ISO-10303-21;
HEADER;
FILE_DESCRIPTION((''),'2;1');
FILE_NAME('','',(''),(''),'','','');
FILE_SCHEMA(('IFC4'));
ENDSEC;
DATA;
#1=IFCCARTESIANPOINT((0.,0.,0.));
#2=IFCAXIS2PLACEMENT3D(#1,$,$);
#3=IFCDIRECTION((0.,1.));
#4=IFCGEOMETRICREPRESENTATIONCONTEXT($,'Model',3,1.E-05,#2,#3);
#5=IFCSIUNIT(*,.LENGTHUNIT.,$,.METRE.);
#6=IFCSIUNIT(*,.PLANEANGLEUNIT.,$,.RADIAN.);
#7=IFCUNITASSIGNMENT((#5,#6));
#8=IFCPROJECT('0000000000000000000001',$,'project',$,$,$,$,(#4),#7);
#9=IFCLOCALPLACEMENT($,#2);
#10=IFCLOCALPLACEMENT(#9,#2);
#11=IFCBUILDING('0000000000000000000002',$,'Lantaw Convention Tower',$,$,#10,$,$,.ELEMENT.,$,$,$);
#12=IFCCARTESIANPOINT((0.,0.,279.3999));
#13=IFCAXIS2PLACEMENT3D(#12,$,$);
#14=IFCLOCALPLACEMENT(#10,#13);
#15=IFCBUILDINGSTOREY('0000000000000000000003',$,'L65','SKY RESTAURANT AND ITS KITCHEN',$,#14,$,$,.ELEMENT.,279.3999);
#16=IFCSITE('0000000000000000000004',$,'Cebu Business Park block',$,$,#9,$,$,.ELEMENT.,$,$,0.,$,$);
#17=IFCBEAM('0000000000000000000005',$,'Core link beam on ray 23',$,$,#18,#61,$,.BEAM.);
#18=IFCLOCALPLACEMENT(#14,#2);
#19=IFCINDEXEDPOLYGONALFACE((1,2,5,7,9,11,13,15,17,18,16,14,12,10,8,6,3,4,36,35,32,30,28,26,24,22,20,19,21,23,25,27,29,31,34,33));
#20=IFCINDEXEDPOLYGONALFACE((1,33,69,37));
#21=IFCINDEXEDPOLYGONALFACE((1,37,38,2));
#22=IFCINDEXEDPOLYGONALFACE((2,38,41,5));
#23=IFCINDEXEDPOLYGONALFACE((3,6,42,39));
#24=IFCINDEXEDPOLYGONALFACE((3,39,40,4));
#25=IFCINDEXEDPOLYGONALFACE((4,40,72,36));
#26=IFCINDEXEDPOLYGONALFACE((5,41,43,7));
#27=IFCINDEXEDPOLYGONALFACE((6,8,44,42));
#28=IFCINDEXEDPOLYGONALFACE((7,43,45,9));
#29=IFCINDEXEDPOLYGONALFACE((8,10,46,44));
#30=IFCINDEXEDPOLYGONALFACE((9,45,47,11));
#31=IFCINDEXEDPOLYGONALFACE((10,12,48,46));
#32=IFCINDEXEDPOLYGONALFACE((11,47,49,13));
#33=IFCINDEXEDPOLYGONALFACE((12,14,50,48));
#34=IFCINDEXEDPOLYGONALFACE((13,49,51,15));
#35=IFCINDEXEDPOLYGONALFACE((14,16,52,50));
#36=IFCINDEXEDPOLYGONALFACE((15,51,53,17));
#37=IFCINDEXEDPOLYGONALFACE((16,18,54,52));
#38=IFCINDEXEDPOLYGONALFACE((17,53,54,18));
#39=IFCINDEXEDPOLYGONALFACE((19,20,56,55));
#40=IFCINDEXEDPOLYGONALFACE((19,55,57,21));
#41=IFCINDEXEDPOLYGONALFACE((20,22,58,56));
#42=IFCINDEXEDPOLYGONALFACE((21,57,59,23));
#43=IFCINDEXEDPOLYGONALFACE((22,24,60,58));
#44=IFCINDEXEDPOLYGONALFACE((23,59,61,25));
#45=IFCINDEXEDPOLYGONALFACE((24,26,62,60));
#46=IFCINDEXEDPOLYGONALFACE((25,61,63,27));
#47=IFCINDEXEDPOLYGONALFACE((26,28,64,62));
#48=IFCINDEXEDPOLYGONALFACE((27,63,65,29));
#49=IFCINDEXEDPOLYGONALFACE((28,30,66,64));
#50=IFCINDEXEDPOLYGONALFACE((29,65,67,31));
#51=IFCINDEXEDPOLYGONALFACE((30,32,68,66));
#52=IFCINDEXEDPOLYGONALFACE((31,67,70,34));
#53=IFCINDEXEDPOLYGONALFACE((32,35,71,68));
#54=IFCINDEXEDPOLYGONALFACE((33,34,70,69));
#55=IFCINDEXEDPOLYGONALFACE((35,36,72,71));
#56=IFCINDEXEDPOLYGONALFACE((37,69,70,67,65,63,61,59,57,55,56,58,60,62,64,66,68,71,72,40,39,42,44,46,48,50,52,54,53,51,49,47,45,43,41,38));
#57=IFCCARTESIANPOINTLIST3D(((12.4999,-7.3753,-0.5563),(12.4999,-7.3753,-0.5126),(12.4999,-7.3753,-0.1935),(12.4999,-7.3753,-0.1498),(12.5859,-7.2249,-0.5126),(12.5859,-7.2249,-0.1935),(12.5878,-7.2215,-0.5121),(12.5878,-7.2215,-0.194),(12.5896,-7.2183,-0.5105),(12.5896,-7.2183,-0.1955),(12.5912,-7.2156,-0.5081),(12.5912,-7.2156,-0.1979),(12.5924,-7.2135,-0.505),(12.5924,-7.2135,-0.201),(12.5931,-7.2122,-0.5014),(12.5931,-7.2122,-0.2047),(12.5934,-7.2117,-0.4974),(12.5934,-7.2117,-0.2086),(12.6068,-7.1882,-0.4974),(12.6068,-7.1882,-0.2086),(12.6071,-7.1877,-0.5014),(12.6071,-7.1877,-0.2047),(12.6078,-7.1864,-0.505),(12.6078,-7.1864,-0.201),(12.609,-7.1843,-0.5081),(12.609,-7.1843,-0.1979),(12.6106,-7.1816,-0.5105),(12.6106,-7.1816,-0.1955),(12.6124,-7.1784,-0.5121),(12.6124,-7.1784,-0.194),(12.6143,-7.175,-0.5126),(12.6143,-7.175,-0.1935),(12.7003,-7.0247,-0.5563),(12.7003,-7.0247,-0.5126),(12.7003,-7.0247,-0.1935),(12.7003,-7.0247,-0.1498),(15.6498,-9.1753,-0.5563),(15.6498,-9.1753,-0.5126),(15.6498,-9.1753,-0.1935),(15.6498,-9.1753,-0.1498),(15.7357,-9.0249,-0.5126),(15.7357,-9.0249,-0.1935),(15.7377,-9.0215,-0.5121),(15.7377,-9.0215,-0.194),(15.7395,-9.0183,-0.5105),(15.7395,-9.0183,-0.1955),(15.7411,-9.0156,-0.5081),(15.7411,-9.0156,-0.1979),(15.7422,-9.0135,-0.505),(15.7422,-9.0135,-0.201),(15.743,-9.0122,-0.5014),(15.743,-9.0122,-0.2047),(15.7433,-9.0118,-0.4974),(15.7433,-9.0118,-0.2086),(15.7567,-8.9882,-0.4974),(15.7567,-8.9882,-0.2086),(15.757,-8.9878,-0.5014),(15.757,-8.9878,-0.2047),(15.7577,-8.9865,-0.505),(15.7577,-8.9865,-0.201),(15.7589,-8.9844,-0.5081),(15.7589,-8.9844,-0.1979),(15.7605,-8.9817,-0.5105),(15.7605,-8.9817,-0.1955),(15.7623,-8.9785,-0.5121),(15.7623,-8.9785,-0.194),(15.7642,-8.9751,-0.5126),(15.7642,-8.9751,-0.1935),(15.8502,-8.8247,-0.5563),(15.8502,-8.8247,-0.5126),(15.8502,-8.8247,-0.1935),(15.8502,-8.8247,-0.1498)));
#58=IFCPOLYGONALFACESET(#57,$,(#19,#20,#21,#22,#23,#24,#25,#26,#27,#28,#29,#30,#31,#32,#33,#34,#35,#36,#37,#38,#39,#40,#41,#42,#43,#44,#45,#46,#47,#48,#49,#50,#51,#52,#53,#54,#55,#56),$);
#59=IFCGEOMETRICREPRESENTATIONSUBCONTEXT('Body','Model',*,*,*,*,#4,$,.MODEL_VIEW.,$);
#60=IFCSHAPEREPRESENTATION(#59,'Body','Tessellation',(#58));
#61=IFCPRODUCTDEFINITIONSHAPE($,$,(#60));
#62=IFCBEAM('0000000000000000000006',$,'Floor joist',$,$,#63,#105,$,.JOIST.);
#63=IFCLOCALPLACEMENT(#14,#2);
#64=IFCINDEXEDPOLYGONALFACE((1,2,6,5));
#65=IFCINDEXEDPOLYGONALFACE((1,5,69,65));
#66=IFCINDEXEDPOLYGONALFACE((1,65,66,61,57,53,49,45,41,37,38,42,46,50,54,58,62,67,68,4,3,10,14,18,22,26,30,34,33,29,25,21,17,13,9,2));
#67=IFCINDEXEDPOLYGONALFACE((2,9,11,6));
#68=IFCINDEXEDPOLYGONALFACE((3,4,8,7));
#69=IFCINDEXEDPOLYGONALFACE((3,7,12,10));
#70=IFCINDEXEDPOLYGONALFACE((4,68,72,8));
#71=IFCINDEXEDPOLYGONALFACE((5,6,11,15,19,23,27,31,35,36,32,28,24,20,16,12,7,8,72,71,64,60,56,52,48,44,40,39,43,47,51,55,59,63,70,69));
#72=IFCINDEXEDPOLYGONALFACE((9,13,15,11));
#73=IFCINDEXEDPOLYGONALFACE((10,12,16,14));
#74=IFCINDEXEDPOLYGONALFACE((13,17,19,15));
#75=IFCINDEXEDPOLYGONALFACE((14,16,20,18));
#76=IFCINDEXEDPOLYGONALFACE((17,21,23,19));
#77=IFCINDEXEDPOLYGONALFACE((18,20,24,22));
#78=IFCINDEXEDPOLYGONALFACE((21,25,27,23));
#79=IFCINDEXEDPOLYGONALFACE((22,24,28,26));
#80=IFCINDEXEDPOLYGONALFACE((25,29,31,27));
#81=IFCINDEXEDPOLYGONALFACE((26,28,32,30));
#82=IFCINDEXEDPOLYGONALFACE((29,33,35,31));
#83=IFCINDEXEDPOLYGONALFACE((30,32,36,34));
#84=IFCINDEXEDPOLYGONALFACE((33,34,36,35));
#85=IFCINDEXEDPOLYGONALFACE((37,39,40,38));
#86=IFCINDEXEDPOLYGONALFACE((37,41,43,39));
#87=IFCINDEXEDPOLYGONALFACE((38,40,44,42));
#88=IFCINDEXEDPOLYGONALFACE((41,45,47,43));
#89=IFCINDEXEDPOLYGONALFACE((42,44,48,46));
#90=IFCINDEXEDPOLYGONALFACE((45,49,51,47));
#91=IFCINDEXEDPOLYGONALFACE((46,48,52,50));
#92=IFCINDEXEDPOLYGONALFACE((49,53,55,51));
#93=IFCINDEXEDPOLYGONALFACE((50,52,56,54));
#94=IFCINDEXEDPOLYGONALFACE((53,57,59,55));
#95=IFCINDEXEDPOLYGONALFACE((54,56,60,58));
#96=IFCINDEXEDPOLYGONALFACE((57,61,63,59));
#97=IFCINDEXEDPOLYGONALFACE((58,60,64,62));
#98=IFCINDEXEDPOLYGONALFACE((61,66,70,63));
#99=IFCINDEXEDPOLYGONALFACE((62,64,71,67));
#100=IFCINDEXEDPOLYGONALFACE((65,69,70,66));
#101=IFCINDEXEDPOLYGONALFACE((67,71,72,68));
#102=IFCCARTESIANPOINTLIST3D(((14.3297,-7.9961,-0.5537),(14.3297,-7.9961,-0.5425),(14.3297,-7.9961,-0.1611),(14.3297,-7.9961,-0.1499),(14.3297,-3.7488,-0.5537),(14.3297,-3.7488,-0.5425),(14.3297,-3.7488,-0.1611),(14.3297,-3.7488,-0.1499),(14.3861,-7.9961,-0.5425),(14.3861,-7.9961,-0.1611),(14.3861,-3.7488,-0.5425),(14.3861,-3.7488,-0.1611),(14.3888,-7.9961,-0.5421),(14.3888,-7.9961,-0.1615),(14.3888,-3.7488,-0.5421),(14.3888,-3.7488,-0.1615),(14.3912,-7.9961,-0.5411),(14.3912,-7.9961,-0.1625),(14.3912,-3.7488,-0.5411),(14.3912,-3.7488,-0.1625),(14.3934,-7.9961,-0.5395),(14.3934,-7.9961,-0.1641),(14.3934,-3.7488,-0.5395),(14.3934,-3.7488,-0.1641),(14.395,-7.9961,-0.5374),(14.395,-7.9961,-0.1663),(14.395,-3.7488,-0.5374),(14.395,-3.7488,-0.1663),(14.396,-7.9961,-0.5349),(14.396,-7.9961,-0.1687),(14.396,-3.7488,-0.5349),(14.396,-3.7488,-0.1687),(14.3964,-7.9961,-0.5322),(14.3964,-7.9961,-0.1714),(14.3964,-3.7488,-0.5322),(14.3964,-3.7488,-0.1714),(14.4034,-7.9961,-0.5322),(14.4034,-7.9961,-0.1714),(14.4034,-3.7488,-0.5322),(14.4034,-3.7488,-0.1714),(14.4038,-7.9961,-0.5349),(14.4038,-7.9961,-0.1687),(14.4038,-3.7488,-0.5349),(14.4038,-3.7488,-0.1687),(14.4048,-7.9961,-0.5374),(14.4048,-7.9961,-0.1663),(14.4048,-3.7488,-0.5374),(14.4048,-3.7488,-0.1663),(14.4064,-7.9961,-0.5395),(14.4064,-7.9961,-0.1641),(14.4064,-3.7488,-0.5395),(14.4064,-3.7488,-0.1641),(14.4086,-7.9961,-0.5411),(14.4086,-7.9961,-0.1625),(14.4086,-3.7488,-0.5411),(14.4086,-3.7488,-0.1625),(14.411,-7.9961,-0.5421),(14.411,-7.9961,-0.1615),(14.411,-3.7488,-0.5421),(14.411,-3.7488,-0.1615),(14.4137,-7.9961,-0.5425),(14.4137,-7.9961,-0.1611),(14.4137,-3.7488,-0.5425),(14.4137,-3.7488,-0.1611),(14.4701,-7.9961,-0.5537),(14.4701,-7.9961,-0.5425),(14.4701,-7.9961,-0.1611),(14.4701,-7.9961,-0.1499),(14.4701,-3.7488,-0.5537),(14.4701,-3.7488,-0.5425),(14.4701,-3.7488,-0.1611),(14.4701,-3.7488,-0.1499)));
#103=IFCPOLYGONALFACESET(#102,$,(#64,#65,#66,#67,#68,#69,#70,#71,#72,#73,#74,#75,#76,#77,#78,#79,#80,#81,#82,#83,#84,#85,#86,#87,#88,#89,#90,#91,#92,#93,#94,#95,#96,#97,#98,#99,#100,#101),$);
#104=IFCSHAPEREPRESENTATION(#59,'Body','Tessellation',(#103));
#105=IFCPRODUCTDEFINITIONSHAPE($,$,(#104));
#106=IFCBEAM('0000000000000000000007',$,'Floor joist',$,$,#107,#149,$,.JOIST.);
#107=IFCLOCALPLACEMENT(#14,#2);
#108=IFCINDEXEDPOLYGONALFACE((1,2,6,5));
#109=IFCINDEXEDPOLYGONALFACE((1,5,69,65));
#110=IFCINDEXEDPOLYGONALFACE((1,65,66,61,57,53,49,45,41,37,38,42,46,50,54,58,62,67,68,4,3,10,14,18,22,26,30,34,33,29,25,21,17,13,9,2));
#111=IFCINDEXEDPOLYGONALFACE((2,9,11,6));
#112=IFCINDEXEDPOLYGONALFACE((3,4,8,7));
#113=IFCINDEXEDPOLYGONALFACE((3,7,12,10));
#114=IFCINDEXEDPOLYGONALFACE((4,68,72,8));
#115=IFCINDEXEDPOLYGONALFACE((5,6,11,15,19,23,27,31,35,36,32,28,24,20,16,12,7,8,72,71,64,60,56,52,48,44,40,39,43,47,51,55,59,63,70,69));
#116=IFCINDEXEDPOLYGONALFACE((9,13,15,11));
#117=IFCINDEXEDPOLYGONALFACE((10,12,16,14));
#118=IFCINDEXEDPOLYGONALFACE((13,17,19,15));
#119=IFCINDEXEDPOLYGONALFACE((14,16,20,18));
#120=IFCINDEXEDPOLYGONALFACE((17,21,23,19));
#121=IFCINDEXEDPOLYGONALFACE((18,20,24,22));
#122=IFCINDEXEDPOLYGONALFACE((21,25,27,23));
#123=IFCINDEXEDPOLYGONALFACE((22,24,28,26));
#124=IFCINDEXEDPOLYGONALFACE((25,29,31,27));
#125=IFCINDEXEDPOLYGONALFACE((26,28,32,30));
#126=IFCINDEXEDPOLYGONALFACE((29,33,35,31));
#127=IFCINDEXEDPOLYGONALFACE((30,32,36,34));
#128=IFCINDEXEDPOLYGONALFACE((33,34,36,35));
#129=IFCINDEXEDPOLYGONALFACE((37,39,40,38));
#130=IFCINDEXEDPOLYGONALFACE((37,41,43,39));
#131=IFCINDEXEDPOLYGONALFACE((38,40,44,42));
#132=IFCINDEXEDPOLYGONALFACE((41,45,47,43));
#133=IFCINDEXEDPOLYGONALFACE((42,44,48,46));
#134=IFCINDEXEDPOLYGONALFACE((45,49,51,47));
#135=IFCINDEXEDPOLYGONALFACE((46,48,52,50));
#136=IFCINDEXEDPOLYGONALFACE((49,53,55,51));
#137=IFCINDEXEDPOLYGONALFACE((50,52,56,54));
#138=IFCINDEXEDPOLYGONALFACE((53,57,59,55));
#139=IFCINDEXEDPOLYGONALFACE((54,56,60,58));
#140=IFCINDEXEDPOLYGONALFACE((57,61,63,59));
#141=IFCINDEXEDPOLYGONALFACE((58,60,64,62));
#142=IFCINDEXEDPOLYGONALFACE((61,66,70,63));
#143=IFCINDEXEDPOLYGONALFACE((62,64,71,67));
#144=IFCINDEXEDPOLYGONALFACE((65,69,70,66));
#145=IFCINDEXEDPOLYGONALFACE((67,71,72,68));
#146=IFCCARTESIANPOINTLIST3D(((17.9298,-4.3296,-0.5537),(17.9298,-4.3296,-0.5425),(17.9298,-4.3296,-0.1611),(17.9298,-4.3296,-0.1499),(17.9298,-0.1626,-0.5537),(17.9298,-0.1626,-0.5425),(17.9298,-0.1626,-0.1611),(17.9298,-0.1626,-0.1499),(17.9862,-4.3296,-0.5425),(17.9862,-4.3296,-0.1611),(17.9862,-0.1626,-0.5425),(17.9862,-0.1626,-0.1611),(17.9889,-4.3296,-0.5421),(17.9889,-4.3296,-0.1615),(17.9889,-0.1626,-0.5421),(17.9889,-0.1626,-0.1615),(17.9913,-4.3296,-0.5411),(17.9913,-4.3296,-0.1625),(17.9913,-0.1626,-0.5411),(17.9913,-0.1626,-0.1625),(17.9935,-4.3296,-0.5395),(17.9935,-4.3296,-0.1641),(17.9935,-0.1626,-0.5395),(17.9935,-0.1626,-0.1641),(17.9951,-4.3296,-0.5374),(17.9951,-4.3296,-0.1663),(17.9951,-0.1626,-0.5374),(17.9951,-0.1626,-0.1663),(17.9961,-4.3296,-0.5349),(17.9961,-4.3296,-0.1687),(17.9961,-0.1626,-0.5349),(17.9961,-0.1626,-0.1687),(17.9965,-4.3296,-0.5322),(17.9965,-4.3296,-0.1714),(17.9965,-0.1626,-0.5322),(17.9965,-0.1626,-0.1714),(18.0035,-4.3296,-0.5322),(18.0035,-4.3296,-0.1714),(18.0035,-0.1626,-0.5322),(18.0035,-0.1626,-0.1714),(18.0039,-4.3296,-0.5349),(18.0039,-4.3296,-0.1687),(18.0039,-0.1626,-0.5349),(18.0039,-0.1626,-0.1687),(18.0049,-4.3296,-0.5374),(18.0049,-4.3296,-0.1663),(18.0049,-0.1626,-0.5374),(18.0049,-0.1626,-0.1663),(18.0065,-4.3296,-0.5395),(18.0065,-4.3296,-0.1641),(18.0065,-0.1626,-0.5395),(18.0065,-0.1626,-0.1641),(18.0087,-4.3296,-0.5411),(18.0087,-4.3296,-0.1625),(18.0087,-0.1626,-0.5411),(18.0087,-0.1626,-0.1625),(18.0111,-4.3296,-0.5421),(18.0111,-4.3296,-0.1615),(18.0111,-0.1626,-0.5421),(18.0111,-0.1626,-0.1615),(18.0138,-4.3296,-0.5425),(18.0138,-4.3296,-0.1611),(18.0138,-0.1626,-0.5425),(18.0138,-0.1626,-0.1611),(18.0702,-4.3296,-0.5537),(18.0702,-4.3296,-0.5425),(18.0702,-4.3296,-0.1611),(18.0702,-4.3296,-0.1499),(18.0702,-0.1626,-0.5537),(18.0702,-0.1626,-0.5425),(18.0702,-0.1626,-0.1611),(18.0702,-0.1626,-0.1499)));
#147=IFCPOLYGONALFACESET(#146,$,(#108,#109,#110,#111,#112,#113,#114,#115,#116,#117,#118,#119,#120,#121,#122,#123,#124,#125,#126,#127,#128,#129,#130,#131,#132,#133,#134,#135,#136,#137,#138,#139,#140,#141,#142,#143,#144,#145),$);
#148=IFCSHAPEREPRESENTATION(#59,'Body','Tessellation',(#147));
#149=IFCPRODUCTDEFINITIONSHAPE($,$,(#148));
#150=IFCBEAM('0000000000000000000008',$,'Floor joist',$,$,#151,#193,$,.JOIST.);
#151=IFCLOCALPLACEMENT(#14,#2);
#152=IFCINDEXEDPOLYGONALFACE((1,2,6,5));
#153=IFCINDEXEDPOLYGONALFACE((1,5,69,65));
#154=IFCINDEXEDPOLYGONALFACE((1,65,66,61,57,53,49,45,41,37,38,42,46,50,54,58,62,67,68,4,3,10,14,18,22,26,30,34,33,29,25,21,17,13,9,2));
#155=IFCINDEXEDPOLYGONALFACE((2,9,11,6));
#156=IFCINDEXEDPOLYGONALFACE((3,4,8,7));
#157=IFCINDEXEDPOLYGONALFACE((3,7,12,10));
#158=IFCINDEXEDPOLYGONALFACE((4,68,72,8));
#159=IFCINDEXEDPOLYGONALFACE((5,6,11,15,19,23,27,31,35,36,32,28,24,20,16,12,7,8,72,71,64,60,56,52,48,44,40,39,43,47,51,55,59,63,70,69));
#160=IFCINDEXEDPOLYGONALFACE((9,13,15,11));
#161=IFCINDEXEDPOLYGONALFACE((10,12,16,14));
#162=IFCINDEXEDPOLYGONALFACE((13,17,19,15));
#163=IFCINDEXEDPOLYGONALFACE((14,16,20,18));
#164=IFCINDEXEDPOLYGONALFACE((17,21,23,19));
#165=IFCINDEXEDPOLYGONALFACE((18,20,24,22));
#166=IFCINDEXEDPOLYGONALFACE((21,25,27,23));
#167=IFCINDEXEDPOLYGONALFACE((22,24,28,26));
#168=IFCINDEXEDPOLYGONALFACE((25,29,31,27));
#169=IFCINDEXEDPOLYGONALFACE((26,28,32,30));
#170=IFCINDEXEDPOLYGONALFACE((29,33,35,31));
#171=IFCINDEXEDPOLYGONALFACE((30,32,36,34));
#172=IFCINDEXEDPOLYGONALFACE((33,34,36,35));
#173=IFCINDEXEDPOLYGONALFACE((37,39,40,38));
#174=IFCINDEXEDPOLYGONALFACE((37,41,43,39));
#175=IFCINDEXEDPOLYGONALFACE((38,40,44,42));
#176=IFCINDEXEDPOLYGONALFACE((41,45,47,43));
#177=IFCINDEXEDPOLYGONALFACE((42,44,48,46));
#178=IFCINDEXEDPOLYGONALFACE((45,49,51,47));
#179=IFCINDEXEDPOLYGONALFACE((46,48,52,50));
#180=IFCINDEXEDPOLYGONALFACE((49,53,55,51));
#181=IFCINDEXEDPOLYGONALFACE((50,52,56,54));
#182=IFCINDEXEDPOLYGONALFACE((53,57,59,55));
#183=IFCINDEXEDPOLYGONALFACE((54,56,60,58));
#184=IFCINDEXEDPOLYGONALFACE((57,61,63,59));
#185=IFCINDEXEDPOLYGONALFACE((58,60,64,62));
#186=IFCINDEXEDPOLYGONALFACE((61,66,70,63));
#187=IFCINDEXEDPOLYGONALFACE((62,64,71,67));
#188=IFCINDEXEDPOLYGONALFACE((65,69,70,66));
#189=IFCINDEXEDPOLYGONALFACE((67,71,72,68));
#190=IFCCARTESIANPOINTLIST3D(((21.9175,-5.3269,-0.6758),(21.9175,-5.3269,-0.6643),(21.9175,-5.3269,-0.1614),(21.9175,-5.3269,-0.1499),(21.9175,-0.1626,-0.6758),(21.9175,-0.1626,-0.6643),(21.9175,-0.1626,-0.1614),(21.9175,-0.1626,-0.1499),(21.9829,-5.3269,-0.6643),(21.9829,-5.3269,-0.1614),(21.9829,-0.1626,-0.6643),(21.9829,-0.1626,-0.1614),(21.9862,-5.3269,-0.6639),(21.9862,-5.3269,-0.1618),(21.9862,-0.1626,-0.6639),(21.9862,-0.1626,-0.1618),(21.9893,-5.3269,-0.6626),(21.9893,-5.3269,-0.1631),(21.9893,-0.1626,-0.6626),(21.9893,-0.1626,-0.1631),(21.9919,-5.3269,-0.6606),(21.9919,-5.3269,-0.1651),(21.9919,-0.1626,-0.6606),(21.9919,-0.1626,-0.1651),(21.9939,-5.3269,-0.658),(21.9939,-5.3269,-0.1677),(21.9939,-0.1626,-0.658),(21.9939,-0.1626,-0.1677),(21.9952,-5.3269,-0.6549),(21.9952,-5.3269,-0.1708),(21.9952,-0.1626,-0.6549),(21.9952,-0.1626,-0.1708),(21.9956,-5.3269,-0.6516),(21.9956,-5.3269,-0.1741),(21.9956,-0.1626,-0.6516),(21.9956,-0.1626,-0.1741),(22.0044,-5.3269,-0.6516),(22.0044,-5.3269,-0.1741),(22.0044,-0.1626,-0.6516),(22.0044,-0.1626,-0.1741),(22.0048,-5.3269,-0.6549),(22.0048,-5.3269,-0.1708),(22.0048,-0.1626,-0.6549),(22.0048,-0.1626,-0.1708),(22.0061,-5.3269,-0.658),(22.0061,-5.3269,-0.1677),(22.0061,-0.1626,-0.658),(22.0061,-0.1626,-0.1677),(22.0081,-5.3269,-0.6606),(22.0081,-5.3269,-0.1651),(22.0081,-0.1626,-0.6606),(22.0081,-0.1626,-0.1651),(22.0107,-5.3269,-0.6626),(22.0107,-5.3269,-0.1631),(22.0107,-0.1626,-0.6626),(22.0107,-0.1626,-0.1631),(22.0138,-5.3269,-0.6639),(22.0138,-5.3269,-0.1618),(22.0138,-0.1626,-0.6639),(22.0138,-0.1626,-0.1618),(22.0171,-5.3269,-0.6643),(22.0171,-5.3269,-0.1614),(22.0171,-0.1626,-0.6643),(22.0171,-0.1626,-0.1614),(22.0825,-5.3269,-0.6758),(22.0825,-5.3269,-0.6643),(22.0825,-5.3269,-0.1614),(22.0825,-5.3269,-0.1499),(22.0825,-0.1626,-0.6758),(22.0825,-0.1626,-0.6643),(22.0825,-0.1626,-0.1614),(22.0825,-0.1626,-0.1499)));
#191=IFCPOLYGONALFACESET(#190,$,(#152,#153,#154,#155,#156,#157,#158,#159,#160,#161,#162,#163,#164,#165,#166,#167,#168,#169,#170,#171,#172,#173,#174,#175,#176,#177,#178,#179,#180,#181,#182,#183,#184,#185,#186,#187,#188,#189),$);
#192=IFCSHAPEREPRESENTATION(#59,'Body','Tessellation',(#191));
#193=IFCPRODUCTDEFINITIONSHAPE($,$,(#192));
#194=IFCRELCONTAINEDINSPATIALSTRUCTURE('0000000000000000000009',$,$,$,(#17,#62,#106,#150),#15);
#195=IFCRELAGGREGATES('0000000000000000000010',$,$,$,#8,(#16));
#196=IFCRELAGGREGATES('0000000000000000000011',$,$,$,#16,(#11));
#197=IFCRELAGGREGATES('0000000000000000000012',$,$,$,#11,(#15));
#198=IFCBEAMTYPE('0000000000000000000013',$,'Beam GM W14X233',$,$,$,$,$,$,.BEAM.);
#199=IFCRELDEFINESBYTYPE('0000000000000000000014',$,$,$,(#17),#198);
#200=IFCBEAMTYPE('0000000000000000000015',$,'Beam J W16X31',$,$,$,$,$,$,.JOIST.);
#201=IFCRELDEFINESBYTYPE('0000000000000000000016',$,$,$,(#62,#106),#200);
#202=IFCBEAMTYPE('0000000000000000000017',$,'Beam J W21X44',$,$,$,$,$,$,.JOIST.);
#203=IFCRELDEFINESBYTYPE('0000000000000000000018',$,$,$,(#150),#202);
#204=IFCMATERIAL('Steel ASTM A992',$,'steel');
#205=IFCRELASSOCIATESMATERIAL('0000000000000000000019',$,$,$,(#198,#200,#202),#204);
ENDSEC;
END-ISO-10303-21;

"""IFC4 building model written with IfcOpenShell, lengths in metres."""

from ifc_helpers import new_model, si_unit, direction, frame, origin, origin_2d, place, context, subcontext, project, spatial, i_section, extrude, material, material_profile, profile_set, type_object, element, save


model = new_model("IFC4")

# Units and contexts
model_context = context("Model", 3, precision=1e-05, world=origin(), true_north=direction((0.0, 1.0)))
body_context = subcontext(model_context, "Body", "Model", "MODEL_VIEW")
ifc_project = project(units=[si_unit("LENGTHUNIT", "METRE"), si_unit("PLANEANGLEUNIT", "RADIAN")], contexts=[model_context])

# Site, building, storey
site_placement = place(None, origin())
site = spatial("IfcSite", under=ifc_project, at=site_placement, Name="Cebu Business Park block", CompositionType="ELEMENT", RefElevation=0.0)
building_placement = place(site_placement, origin())
building = spatial("IfcBuilding", under=site, at=building_placement, Name="Lantaw Convention Tower", CompositionType="ELEMENT")
storey_placement = place(building_placement, frame((0.0, 0.0, 279.3999)))
storey = spatial("IfcBuildingStorey", under=building, at=storey_placement, Name="L65", Description="SKY RESTAURANT AND ITS KITCHEN", CompositionType="ELEMENT", Elevation=279.3999)

# Beams
ifc_material_1 = material(Name="Steel ASTM A992", Category="steel")
ifc_material_profile_1 = material_profile(ifc_material_1, i_section(OverallWidth=0.4038, OverallDepth=0.4065, WebThickness=0.0271, FlangeThickness=0.0437, FilletRadius=0.0151, at=origin_2d()), Name="W14X233")
ifc_profile_set_1 = profile_set([ifc_material_profile_1], Name="Steel ASTM A992")
beam_type_1 = type_object("IfcBeamType", Name="Beam GM W14X233", PredefinedType="BEAM", material=ifc_profile_set_1)
beam_1_placement = place(storey_placement, frame((12.6001, -7.2, -0.353), z_axis=(0.868231, -0.496161, 0.0), x_axis=(0.496161, 0.868231, 0.0)))
element("IfcBeam", 1, at=beam_1_placement, inside=storey, type_object=beam_type_1, Name="Core link beam on ray 23", PredefinedType="BEAM", context=body_context, shape_type="SweptSolid", body=[
    extrude(i_section(OverallWidth=0.4038, OverallDepth=0.4065, WebThickness=0.0271, FlangeThickness=0.0437, FilletRadius=0.0151, at=origin_2d()), origin(), (0.0, 0.0, 1.0), 3.6279),
])
ifc_material_profile_2 = material_profile(ifc_material_1, i_section(OverallWidth=0.1404, OverallDepth=0.4038, WebThickness=0.0071, FlangeThickness=0.0112, FilletRadius=0.0103, at=origin_2d()), Name="W16X31")
ifc_profile_set_2 = profile_set([ifc_material_profile_2], Name="Steel ASTM A992")
beam_type_2 = type_object("IfcBeamType", Name="Beam J W16X31", PredefinedType="JOIST", material=ifc_profile_set_2)
beam_2_placement = place(storey_placement, frame((14.3999, -7.9961, -0.3518), z_axis=(0.0, 1.0, 0.0), x_axis=(-1.0, 0.0, 0.0)))
element("IfcBeam", 2, at=beam_2_placement, inside=storey, type_object=beam_type_2, Name="Floor joist", PredefinedType="JOIST", context=body_context, shape_type="SweptSolid", body=[
    extrude(i_section(OverallWidth=0.1404, OverallDepth=0.4038, WebThickness=0.0071, FlangeThickness=0.0112, FilletRadius=0.0103, at=origin_2d()), origin(), (0.0, 0.0, 1.0), 4.2473),
])
beam_3_placement = place(storey_placement, frame((18.0, -4.3296, -0.3518), z_axis=(0.0, 1.0, 0.0), x_axis=(-1.0, 0.0, 0.0)))
element("IfcBeam", 3, at=beam_3_placement, inside=storey, type_object=beam_type_2, Name="Floor joist", PredefinedType="JOIST", context=body_context, shape_type="SweptSolid", body=[
    extrude(i_section(OverallWidth=0.1404, OverallDepth=0.4038, WebThickness=0.0071, FlangeThickness=0.0112, FilletRadius=0.0103, at=origin_2d()), origin(), (0.0, 0.0, 1.0), 4.167),
])
ifc_material_profile_3 = material_profile(ifc_material_1, i_section(OverallWidth=0.165, OverallDepth=0.5259, WebThickness=0.0088, FlangeThickness=0.0115, FilletRadius=0.0127, at=origin_2d()), Name="W21X44")
ifc_profile_set_3 = profile_set([ifc_material_profile_3], Name="Steel ASTM A992")
beam_type_3 = type_object("IfcBeamType", Name="Beam J W21X44", PredefinedType="JOIST", material=ifc_profile_set_3)
beam_4_placement = place(storey_placement, frame((22.0, -5.3269, -0.4128), z_axis=(0.0, 1.0, 0.0), x_axis=(-1.0, 0.0, 0.0)))
element("IfcBeam", 4, at=beam_4_placement, inside=storey, type_object=beam_type_3, Name="Floor joist", PredefinedType="JOIST", context=body_context, shape_type="SweptSolid", body=[
    extrude(i_section(OverallWidth=0.165, OverallDepth=0.5259, WebThickness=0.0088, FlangeThickness=0.0115, FilletRadius=0.0127, at=origin_2d()), origin(), (0.0, 0.0, 1.0), 5.1643),
])

save(model, "model.ifc")
